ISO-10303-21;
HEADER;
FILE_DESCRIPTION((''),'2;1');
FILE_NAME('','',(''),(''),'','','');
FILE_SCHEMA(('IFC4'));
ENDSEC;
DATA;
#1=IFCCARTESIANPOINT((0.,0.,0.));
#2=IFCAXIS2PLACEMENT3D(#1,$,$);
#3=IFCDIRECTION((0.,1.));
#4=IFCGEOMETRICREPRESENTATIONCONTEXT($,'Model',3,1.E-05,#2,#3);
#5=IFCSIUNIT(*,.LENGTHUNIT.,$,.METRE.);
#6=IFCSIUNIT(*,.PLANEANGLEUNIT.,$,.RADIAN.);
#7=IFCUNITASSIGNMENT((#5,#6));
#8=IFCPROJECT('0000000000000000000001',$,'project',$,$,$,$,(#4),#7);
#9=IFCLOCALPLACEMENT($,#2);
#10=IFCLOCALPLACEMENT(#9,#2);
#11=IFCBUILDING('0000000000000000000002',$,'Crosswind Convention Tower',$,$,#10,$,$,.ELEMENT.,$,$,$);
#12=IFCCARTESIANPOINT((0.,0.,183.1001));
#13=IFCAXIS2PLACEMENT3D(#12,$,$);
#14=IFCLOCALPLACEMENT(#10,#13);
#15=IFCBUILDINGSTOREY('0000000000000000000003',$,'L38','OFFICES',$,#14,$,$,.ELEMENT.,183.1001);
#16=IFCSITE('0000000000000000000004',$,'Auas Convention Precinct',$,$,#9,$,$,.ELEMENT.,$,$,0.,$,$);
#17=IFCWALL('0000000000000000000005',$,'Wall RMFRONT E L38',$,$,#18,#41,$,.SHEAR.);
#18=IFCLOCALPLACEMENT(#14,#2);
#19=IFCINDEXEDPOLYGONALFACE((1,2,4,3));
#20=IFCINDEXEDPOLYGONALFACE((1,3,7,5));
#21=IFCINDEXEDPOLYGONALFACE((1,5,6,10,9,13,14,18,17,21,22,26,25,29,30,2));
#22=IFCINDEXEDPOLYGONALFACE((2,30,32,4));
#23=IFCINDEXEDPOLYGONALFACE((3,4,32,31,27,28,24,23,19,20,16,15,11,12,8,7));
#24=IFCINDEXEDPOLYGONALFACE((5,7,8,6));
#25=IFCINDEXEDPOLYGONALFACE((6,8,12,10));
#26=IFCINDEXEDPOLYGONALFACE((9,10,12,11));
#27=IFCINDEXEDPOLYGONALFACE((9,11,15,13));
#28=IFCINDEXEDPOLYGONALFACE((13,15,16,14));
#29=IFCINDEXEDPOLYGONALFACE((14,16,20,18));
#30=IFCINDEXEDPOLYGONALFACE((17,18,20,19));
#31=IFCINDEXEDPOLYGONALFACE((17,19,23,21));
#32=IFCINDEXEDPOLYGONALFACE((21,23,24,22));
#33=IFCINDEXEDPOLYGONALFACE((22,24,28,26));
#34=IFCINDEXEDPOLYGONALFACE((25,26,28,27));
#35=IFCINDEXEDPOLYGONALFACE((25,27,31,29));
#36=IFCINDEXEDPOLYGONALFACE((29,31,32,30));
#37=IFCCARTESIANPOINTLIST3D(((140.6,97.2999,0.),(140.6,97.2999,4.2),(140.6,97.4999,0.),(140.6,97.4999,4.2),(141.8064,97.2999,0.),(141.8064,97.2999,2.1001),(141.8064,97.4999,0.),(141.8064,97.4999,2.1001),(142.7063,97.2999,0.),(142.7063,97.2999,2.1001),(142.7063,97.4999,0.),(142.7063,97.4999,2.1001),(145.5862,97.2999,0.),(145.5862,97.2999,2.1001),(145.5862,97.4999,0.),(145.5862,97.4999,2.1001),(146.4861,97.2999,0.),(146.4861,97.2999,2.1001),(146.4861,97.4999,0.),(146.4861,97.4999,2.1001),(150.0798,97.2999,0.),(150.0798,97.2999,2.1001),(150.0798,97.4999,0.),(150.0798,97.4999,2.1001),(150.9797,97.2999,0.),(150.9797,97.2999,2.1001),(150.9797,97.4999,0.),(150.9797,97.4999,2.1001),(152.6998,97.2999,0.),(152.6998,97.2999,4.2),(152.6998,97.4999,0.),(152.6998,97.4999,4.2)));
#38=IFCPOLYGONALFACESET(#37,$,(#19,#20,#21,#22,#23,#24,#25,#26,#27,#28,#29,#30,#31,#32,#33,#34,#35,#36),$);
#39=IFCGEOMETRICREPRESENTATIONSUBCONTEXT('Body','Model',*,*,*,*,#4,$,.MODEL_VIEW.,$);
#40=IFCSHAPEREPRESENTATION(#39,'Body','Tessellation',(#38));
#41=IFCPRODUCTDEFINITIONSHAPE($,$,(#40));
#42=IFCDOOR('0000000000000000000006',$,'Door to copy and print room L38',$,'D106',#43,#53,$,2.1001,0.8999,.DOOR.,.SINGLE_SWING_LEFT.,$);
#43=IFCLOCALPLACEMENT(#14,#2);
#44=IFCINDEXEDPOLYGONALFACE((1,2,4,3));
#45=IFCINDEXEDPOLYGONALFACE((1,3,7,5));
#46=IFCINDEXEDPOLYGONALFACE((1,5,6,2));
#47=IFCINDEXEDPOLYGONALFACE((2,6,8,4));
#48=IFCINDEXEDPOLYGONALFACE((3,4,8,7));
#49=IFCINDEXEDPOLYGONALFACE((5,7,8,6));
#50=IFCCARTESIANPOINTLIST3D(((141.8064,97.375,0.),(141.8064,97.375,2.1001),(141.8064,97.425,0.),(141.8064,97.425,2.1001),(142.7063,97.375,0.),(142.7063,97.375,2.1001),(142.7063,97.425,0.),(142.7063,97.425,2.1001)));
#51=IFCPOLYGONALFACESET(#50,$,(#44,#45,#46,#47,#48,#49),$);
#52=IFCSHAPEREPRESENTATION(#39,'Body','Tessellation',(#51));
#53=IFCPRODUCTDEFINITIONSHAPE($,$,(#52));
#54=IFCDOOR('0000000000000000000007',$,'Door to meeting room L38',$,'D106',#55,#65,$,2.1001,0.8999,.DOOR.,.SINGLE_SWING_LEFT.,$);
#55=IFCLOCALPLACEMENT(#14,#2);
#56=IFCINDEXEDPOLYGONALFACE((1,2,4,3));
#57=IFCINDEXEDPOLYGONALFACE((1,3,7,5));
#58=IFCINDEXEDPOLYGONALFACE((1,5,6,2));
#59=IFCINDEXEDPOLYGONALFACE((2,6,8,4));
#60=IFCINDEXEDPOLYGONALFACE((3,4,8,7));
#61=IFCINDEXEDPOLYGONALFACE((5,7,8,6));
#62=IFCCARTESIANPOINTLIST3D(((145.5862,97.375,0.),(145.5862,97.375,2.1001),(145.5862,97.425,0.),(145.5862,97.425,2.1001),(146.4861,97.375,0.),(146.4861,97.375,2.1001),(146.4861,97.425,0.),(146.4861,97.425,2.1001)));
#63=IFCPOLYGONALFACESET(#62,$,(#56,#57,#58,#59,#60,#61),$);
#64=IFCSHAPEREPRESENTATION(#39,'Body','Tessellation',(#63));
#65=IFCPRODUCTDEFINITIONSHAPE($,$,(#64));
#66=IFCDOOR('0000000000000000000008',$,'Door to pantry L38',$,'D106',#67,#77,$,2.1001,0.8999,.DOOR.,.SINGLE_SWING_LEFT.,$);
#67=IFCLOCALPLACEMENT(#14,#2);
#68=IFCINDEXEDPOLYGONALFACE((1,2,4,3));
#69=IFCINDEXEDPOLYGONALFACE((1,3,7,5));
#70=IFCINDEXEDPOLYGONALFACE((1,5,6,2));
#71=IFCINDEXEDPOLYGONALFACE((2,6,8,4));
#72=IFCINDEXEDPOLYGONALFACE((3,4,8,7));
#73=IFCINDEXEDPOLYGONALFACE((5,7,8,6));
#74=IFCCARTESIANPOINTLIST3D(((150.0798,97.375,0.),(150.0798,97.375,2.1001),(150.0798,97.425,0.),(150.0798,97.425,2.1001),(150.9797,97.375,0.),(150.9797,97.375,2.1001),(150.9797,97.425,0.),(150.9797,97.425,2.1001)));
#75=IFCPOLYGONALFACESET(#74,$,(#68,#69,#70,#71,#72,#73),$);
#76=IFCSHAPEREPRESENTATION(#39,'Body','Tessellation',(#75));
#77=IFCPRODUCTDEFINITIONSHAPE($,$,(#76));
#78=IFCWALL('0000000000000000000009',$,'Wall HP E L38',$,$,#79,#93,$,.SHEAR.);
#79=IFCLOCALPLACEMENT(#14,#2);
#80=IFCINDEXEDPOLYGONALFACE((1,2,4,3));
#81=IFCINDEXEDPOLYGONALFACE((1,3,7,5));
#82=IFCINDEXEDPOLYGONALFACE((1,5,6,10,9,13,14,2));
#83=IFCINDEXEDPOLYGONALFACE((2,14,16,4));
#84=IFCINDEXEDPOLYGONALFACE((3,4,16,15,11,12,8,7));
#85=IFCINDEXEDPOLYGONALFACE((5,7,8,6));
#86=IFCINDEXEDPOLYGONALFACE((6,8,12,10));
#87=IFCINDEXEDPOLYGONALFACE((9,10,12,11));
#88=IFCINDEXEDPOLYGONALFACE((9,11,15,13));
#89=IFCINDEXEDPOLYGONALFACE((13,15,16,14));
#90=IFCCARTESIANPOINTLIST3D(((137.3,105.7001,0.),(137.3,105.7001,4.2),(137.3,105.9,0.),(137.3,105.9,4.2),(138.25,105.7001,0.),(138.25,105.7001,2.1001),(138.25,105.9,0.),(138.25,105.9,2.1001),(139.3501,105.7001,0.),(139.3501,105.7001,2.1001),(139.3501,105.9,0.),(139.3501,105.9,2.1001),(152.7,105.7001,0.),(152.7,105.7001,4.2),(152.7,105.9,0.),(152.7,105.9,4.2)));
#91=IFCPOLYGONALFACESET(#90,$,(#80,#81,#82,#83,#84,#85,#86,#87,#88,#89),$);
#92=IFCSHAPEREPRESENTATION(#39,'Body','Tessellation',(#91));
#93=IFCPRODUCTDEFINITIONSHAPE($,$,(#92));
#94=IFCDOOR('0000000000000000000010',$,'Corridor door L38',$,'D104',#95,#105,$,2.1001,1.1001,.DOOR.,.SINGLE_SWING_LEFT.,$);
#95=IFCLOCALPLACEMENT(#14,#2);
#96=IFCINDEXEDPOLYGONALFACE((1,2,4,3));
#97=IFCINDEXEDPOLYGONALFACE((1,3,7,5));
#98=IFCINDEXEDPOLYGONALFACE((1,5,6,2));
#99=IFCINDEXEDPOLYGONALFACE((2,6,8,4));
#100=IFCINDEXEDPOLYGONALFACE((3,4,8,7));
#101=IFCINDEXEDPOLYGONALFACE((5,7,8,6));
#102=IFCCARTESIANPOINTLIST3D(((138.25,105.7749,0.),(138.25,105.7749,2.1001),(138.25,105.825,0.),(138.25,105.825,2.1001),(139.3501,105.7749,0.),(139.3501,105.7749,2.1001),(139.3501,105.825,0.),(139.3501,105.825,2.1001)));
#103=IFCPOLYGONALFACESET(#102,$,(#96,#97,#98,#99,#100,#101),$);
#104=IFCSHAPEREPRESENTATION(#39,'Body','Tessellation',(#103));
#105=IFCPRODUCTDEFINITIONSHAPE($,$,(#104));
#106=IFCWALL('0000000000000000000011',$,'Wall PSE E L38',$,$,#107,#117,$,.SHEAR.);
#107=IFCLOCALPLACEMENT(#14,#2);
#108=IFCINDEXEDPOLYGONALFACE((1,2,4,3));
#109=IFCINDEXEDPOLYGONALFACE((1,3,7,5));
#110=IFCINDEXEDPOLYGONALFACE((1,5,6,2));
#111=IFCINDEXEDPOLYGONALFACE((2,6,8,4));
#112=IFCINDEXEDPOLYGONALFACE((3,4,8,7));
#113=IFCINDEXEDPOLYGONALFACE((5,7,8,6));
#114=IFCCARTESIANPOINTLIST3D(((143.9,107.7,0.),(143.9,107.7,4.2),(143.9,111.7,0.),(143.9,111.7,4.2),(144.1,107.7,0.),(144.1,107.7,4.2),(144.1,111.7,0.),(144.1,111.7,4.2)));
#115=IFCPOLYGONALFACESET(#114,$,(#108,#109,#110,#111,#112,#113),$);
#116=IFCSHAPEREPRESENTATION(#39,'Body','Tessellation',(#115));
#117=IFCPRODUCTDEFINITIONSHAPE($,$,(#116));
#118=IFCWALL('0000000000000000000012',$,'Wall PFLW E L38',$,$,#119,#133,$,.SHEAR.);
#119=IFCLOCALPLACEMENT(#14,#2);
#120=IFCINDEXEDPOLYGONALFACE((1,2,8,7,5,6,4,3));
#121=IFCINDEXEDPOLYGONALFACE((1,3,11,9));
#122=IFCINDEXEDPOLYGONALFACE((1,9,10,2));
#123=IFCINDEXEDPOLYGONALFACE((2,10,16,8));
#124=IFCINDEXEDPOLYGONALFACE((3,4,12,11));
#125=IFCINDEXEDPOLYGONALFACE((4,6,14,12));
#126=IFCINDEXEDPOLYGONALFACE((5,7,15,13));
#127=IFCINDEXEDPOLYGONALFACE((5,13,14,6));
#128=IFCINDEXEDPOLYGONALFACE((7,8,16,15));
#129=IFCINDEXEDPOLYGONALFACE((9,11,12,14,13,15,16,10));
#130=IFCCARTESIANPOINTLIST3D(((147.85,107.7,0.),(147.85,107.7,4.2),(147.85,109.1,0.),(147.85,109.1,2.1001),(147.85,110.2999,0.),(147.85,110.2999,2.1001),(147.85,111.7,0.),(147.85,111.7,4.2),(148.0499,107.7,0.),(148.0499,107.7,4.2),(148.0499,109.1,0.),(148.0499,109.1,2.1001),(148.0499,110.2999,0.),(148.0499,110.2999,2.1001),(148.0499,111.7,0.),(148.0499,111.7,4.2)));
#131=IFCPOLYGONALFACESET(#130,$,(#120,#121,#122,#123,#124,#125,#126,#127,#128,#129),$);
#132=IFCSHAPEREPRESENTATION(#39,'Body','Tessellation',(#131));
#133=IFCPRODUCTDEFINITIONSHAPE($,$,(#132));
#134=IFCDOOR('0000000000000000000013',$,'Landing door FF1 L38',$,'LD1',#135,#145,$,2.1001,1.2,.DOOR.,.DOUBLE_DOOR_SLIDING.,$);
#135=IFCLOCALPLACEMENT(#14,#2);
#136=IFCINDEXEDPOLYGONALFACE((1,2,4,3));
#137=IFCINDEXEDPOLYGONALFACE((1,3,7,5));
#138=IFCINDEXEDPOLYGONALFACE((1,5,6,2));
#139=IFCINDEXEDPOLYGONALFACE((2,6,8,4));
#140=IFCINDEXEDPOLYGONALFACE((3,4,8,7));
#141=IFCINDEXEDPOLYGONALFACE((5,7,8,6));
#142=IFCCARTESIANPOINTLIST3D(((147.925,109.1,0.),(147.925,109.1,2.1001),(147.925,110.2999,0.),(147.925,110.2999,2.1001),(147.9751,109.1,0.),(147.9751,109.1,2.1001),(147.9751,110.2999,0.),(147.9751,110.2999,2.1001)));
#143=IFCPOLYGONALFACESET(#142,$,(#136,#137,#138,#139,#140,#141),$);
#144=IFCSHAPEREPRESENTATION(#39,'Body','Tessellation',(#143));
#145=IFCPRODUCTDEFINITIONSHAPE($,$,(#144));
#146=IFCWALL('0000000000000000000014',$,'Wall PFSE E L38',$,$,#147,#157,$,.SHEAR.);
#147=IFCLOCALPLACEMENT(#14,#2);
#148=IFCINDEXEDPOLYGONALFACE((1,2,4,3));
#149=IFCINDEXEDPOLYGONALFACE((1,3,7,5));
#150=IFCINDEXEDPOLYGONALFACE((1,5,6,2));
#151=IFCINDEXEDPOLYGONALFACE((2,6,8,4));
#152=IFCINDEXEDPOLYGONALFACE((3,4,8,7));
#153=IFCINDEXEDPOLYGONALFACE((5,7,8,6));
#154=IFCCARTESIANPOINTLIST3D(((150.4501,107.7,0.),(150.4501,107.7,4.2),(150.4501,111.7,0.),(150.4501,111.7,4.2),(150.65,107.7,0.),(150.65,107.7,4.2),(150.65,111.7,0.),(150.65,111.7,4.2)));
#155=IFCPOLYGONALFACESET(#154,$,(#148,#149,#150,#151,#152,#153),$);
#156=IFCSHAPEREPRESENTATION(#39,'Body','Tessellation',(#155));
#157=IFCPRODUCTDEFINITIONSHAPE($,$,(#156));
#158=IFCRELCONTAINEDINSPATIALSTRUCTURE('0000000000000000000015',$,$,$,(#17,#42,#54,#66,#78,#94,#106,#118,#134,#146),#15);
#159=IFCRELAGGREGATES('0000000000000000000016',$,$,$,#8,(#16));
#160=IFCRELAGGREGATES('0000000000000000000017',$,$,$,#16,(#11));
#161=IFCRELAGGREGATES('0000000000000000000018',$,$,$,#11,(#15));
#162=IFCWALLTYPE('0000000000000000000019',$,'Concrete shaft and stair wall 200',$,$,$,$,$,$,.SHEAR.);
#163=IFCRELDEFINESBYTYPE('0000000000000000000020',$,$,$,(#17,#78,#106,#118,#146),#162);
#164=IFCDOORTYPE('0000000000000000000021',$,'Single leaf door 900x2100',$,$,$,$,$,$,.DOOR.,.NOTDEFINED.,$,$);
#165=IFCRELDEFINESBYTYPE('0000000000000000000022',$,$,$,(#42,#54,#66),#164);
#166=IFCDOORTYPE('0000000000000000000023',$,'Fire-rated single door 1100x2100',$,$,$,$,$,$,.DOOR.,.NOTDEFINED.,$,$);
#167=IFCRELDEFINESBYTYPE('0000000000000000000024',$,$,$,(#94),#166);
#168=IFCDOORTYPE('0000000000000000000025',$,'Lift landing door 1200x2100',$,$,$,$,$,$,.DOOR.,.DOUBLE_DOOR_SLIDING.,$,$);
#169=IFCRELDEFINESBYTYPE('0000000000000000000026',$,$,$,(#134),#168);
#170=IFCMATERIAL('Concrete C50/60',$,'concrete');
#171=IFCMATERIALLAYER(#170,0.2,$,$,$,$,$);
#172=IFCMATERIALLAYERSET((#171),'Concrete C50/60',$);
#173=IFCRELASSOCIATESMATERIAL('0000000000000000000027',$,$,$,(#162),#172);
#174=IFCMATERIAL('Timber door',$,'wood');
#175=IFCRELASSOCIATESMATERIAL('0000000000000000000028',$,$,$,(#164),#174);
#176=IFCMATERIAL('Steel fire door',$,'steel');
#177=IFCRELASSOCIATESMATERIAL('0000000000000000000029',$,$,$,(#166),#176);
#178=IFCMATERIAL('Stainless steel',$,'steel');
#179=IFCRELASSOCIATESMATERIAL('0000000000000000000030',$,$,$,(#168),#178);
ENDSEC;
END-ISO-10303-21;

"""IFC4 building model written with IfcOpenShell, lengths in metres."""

from ifc_helpers import new_model, si_unit, direction, frame, frame_2d, origin, place, context, subcontext, project, spatial, rectangle, extrude, material, layer, layer_set, type_object, element, fill, save


model = new_model("IFC4")

# Units and contexts
model_context = context("Model", 3, precision=1e-05, world=origin(), true_north=direction((0.0, 1.0)))
body_context = subcontext(model_context, "Body", "Model", "MODEL_VIEW")
ifc_project = project(units=[si_unit("LENGTHUNIT", "METRE"), si_unit("PLANEANGLEUNIT", "RADIAN")], contexts=[model_context])

# Site, building, storey
site_placement = place(None, origin())
site = spatial("IfcSite", under=ifc_project, at=site_placement, Name="Auas Convention Precinct", CompositionType="ELEMENT", RefElevation=0.0)
building_placement = place(site_placement, origin())
building = spatial("IfcBuilding", under=site, at=building_placement, Name="Crosswind Convention Tower", CompositionType="ELEMENT")
storey_placement = place(building_placement, frame((0.0, 0.0, 183.1001)))
storey = spatial("IfcBuildingStorey", under=building, at=storey_placement, Name="L38", Description="OFFICES", CompositionType="ELEMENT", Elevation=183.1001)

# Shared definitions
ifc_material_1 = material(Name="Concrete C50/60", Category="concrete")
ifc_layer_1 = layer(ifc_material_1, 0.2)
ifc_layer_set_1 = layer_set([ifc_layer_1], Name="Concrete C50/60")
wall_type_1 = type_object("IfcWallType", Name="Concrete shaft and stair wall 200", PredefinedType="SHEAR", material=ifc_layer_set_1)

# Wall, openings, doors
ifc_material_2 = material(Name="Timber door", Category="wood")
door_type_1 = type_object("IfcDoorType", Name="Single leaf door 900x2100", OperationType="NOTDEFINED", PredefinedType="DOOR", material=ifc_material_2)
wall_1_placement = place(storey_placement, frame((140.6001, 97.3999, 0.0), z_axis=(0.0, 0.0, 1.0), x_axis=(1.0, 0.0, 0.0)))
wall_1 = element("IfcWall", 1, at=wall_1_placement, inside=storey, type_object=wall_type_1, Name="Wall RMFRONT E L38", PredefinedType="SHEAR", context=body_context, shape_type="SweptSolid", body=[
    extrude(rectangle(XDim=12.0999, YDim=0.2, at=frame_2d((6.0498, 0.0))), origin(), (0.0, 0.0, 1.0), 4.2),
])
opening_1_placement = place(wall_1_placement, frame((1.2063, 0.0, 0.0)))
opening_1 = element("IfcOpeningElement", 2, at=opening_1_placement, cuts=wall_1, PredefinedType="OPENING", context=body_context, shape_type="SweptSolid", body=[
    extrude(rectangle(XDim=0.8999, YDim=2.1001, at=frame_2d((0.45, 1.05))), frame((0.0, 0.1099, 0.0), z_axis=(0.0, -1.0, 0.0), x_axis=(1.0, 0.0, 0.0)), (0.0, 0.0, 1.0), 0.22),
])
opening_2_placement = place(wall_1_placement, frame((4.9861, 0.0, 0.0)))
opening_2 = element("IfcOpeningElement", 3, at=opening_2_placement, cuts=wall_1, PredefinedType="OPENING", context=body_context, shape_type="SweptSolid", body=[
    extrude(rectangle(XDim=0.8999, YDim=2.1001, at=frame_2d((0.45, 1.05))), frame((0.0, 0.1099, 0.0), z_axis=(0.0, -1.0, 0.0), x_axis=(1.0, 0.0, 0.0)), (0.0, 0.0, 1.0), 0.22),
])
opening_3_placement = place(wall_1_placement, frame((9.4797, 0.0, 0.0)))
opening_3 = element("IfcOpeningElement", 4, at=opening_3_placement, cuts=wall_1, PredefinedType="OPENING", context=body_context, shape_type="SweptSolid", body=[
    extrude(rectangle(XDim=0.8999, YDim=2.1001, at=frame_2d((0.45, 1.05))), frame((0.0, 0.1099, 0.0), z_axis=(0.0, -1.0, 0.0), x_axis=(1.0, 0.0, 0.0)), (0.0, 0.0, 1.0), 0.22),
])
door_1_placement = place(opening_1_placement, frame((0.8999, 0.0, 0.0), z_axis=(0.0, 0.0, 1.0), x_axis=(-1.0, 0.0, 0.0)))
door_1 = element("IfcDoor", 5, at=door_1_placement, inside=storey, type_object=door_type_1, Name="Door to copy and print room L38", ObjectType="D106", OperationType="SINGLE_SWING_LEFT", OverallHeight=2.1001, OverallWidth=0.8999, PredefinedType="DOOR", context=body_context, shape_type="SweptSolid", body=[
    extrude(rectangle(XDim=0.8999, YDim=2.1001, at=frame_2d((0.45, 1.05))), frame((0.0, 0.0249, 0.0), z_axis=(0.0, -1.0, 0.0), x_axis=(1.0, 0.0, 0.0)), (0.0, 0.0, 1.0), 0.05),
])
fill(opening_1, door_1)
door_2_placement = place(opening_2_placement, frame((0.8999, 0.0, 0.0), z_axis=(0.0, 0.0, 1.0), x_axis=(-1.0, 0.0, 0.0)))
door_2 = element("IfcDoor", 6, at=door_2_placement, inside=storey, type_object=door_type_1, Name="Door to meeting room L38", ObjectType="D106", OperationType="SINGLE_SWING_LEFT", OverallHeight=2.1001, OverallWidth=0.8999, PredefinedType="DOOR", context=body_context, shape_type="SweptSolid", body=[
    extrude(rectangle(XDim=0.8999, YDim=2.1001, at=frame_2d((0.45, 1.05))), frame((0.0, 0.0249, 0.0), z_axis=(0.0, -1.0, 0.0), x_axis=(1.0, 0.0, 0.0)), (0.0, 0.0, 1.0), 0.05),
])
fill(opening_2, door_2)
door_3_placement = place(opening_3_placement, frame((0.8999, 0.0, 0.0), z_axis=(0.0, 0.0, 1.0), x_axis=(-1.0, 0.0, 0.0)))
door_3 = element("IfcDoor", 7, at=door_3_placement, inside=storey, type_object=door_type_1, Name="Door to pantry L38", ObjectType="D106", OperationType="SINGLE_SWING_LEFT", OverallHeight=2.1001, OverallWidth=0.8999, PredefinedType="DOOR", context=body_context, shape_type="SweptSolid", body=[
    extrude(rectangle(XDim=0.8999, YDim=2.1001, at=frame_2d((0.45, 1.05))), frame((0.0, 0.0249, 0.0), z_axis=(0.0, -1.0, 0.0), x_axis=(1.0, 0.0, 0.0)), (0.0, 0.0, 1.0), 0.05),
])
fill(opening_3, door_3)

# Wall, opening, door
wall_2_placement = place(storey_placement, frame((137.3, 105.8, 0.0), z_axis=(0.0, 0.0, 1.0), x_axis=(1.0, 0.0, 0.0)))
wall_2 = element("IfcWall", 8, at=wall_2_placement, inside=storey, type_object=wall_type_1, Name="Wall HP E L38", PredefinedType="SHEAR", context=body_context, shape_type="SweptSolid", body=[
    extrude(rectangle(XDim=15.3999, YDim=0.2, at=frame_2d((7.7, 0.0))), origin(), (0.0, 0.0, 1.0), 4.2),
])
opening_4_placement = place(wall_2_placement, frame((0.95, 0.0, 0.0)))
opening_4 = element("IfcOpeningElement", 9, at=opening_4_placement, cuts=wall_2, PredefinedType="OPENING", context=body_context, shape_type="SweptSolid", body=[
    extrude(rectangle(XDim=1.1001, YDim=2.1001, at=frame_2d((0.55, 1.05))), frame((0.0, 0.1099, 0.0), z_axis=(0.0, -1.0, 0.0), x_axis=(1.0, 0.0, 0.0)), (0.0, 0.0, 1.0), 0.22),
])
ifc_material_3 = material(Name="Steel fire door", Category="steel")
door_type_2 = type_object("IfcDoorType", Name="Fire-rated single door 1100x2100", OperationType="NOTDEFINED", PredefinedType="DOOR", material=ifc_material_3)
door_4_placement = place(opening_4_placement, origin())
door_4 = element("IfcDoor", 10, at=door_4_placement, inside=storey, type_object=door_type_2, Name="Corridor door L38", ObjectType="D104", OperationType="SINGLE_SWING_LEFT", OverallHeight=2.1001, OverallWidth=1.1001, PredefinedType="DOOR", context=body_context, shape_type="SweptSolid", body=[
    extrude(rectangle(XDim=1.1001, YDim=2.1001, at=frame_2d((0.55, 1.05))), frame((0.0, 0.0249, 0.0), z_axis=(0.0, -1.0, 0.0), x_axis=(1.0, 0.0, 0.0)), (0.0, 0.0, 1.0), 0.05),
])
fill(opening_4, door_4)

# Wall
wall_3_placement = place(storey_placement, frame((144.0, 107.7, 0.0), z_axis=(0.0, 0.0, 1.0), x_axis=(0.0, 1.0, 0.0)))
element("IfcWall", 11, at=wall_3_placement, inside=storey, type_object=wall_type_1, Name="Wall PSE E L38", PredefinedType="SHEAR", context=body_context, shape_type="SweptSolid", body=[
    extrude(rectangle(XDim=4.0, YDim=0.2, at=frame_2d((2.0, 0.0))), origin(), (0.0, 0.0, 1.0), 4.2),
])

# Wall, opening, door
wall_4_placement = place(storey_placement, frame((147.95, 107.7, 0.0), z_axis=(0.0, 0.0, 1.0), x_axis=(0.0, 1.0, 0.0)))
wall_4 = element("IfcWall", 12, at=wall_4_placement, inside=storey, type_object=wall_type_1, Name="Wall PFLW E L38", PredefinedType="SHEAR", context=body_context, shape_type="SweptSolid", body=[
    extrude(rectangle(XDim=4.0, YDim=0.2, at=frame_2d((2.0, 0.0))), origin(), (0.0, 0.0, 1.0), 4.2),
])
opening_5_placement = place(wall_4_placement, frame((1.3999, 0.0, 0.0)))
opening_5 = element("IfcOpeningElement", 13, at=opening_5_placement, cuts=wall_4, PredefinedType="OPENING", context=body_context, shape_type="SweptSolid", body=[
    extrude(rectangle(XDim=1.2, YDim=2.1001, at=frame_2d((0.6001, 1.05))), frame((0.0, 0.1099, 0.0), z_axis=(0.0, -1.0, 0.0), x_axis=(1.0, 0.0, 0.0)), (0.0, 0.0, 1.0), 0.22),
])
ifc_material_4 = material(Name="Stainless steel", Category="steel")
door_type_3 = type_object("IfcDoorType", Name="Lift landing door 1200x2100", OperationType="DOUBLE_DOOR_SLIDING", PredefinedType="DOOR", material=ifc_material_4)
door_5_placement = place(opening_5_placement, origin())
door_5 = element("IfcDoor", 14, at=door_5_placement, inside=storey, type_object=door_type_3, Name="Landing door FF1 L38", ObjectType="LD1", OperationType="DOUBLE_DOOR_SLIDING", OverallHeight=2.1001, OverallWidth=1.2, PredefinedType="DOOR", context=body_context, shape_type="SweptSolid", body=[
    extrude(rectangle(XDim=1.2, YDim=2.1001, at=frame_2d((0.6001, 1.05))), frame((0.0, 0.0249, 0.0), z_axis=(0.0, -1.0, 0.0), x_axis=(1.0, 0.0, 0.0)), (0.0, 0.0, 1.0), 0.05),
])
fill(opening_5, door_5)

# Wall
wall_5_placement = place(storey_placement, frame((150.55, 107.7, 0.0), z_axis=(0.0, 0.0, 1.0), x_axis=(0.0, 1.0, 0.0)))
element("IfcWall", 15, at=wall_5_placement, inside=storey, type_object=wall_type_1, Name="Wall PFSE E L38", PredefinedType="SHEAR", context=body_context, shape_type="SweptSolid", body=[
    extrude(rectangle(XDim=4.0, YDim=0.2, at=frame_2d((2.0, 0.0))), origin(), (0.0, 0.0, 1.0), 4.2),
])

save(model, "model.ifc")
